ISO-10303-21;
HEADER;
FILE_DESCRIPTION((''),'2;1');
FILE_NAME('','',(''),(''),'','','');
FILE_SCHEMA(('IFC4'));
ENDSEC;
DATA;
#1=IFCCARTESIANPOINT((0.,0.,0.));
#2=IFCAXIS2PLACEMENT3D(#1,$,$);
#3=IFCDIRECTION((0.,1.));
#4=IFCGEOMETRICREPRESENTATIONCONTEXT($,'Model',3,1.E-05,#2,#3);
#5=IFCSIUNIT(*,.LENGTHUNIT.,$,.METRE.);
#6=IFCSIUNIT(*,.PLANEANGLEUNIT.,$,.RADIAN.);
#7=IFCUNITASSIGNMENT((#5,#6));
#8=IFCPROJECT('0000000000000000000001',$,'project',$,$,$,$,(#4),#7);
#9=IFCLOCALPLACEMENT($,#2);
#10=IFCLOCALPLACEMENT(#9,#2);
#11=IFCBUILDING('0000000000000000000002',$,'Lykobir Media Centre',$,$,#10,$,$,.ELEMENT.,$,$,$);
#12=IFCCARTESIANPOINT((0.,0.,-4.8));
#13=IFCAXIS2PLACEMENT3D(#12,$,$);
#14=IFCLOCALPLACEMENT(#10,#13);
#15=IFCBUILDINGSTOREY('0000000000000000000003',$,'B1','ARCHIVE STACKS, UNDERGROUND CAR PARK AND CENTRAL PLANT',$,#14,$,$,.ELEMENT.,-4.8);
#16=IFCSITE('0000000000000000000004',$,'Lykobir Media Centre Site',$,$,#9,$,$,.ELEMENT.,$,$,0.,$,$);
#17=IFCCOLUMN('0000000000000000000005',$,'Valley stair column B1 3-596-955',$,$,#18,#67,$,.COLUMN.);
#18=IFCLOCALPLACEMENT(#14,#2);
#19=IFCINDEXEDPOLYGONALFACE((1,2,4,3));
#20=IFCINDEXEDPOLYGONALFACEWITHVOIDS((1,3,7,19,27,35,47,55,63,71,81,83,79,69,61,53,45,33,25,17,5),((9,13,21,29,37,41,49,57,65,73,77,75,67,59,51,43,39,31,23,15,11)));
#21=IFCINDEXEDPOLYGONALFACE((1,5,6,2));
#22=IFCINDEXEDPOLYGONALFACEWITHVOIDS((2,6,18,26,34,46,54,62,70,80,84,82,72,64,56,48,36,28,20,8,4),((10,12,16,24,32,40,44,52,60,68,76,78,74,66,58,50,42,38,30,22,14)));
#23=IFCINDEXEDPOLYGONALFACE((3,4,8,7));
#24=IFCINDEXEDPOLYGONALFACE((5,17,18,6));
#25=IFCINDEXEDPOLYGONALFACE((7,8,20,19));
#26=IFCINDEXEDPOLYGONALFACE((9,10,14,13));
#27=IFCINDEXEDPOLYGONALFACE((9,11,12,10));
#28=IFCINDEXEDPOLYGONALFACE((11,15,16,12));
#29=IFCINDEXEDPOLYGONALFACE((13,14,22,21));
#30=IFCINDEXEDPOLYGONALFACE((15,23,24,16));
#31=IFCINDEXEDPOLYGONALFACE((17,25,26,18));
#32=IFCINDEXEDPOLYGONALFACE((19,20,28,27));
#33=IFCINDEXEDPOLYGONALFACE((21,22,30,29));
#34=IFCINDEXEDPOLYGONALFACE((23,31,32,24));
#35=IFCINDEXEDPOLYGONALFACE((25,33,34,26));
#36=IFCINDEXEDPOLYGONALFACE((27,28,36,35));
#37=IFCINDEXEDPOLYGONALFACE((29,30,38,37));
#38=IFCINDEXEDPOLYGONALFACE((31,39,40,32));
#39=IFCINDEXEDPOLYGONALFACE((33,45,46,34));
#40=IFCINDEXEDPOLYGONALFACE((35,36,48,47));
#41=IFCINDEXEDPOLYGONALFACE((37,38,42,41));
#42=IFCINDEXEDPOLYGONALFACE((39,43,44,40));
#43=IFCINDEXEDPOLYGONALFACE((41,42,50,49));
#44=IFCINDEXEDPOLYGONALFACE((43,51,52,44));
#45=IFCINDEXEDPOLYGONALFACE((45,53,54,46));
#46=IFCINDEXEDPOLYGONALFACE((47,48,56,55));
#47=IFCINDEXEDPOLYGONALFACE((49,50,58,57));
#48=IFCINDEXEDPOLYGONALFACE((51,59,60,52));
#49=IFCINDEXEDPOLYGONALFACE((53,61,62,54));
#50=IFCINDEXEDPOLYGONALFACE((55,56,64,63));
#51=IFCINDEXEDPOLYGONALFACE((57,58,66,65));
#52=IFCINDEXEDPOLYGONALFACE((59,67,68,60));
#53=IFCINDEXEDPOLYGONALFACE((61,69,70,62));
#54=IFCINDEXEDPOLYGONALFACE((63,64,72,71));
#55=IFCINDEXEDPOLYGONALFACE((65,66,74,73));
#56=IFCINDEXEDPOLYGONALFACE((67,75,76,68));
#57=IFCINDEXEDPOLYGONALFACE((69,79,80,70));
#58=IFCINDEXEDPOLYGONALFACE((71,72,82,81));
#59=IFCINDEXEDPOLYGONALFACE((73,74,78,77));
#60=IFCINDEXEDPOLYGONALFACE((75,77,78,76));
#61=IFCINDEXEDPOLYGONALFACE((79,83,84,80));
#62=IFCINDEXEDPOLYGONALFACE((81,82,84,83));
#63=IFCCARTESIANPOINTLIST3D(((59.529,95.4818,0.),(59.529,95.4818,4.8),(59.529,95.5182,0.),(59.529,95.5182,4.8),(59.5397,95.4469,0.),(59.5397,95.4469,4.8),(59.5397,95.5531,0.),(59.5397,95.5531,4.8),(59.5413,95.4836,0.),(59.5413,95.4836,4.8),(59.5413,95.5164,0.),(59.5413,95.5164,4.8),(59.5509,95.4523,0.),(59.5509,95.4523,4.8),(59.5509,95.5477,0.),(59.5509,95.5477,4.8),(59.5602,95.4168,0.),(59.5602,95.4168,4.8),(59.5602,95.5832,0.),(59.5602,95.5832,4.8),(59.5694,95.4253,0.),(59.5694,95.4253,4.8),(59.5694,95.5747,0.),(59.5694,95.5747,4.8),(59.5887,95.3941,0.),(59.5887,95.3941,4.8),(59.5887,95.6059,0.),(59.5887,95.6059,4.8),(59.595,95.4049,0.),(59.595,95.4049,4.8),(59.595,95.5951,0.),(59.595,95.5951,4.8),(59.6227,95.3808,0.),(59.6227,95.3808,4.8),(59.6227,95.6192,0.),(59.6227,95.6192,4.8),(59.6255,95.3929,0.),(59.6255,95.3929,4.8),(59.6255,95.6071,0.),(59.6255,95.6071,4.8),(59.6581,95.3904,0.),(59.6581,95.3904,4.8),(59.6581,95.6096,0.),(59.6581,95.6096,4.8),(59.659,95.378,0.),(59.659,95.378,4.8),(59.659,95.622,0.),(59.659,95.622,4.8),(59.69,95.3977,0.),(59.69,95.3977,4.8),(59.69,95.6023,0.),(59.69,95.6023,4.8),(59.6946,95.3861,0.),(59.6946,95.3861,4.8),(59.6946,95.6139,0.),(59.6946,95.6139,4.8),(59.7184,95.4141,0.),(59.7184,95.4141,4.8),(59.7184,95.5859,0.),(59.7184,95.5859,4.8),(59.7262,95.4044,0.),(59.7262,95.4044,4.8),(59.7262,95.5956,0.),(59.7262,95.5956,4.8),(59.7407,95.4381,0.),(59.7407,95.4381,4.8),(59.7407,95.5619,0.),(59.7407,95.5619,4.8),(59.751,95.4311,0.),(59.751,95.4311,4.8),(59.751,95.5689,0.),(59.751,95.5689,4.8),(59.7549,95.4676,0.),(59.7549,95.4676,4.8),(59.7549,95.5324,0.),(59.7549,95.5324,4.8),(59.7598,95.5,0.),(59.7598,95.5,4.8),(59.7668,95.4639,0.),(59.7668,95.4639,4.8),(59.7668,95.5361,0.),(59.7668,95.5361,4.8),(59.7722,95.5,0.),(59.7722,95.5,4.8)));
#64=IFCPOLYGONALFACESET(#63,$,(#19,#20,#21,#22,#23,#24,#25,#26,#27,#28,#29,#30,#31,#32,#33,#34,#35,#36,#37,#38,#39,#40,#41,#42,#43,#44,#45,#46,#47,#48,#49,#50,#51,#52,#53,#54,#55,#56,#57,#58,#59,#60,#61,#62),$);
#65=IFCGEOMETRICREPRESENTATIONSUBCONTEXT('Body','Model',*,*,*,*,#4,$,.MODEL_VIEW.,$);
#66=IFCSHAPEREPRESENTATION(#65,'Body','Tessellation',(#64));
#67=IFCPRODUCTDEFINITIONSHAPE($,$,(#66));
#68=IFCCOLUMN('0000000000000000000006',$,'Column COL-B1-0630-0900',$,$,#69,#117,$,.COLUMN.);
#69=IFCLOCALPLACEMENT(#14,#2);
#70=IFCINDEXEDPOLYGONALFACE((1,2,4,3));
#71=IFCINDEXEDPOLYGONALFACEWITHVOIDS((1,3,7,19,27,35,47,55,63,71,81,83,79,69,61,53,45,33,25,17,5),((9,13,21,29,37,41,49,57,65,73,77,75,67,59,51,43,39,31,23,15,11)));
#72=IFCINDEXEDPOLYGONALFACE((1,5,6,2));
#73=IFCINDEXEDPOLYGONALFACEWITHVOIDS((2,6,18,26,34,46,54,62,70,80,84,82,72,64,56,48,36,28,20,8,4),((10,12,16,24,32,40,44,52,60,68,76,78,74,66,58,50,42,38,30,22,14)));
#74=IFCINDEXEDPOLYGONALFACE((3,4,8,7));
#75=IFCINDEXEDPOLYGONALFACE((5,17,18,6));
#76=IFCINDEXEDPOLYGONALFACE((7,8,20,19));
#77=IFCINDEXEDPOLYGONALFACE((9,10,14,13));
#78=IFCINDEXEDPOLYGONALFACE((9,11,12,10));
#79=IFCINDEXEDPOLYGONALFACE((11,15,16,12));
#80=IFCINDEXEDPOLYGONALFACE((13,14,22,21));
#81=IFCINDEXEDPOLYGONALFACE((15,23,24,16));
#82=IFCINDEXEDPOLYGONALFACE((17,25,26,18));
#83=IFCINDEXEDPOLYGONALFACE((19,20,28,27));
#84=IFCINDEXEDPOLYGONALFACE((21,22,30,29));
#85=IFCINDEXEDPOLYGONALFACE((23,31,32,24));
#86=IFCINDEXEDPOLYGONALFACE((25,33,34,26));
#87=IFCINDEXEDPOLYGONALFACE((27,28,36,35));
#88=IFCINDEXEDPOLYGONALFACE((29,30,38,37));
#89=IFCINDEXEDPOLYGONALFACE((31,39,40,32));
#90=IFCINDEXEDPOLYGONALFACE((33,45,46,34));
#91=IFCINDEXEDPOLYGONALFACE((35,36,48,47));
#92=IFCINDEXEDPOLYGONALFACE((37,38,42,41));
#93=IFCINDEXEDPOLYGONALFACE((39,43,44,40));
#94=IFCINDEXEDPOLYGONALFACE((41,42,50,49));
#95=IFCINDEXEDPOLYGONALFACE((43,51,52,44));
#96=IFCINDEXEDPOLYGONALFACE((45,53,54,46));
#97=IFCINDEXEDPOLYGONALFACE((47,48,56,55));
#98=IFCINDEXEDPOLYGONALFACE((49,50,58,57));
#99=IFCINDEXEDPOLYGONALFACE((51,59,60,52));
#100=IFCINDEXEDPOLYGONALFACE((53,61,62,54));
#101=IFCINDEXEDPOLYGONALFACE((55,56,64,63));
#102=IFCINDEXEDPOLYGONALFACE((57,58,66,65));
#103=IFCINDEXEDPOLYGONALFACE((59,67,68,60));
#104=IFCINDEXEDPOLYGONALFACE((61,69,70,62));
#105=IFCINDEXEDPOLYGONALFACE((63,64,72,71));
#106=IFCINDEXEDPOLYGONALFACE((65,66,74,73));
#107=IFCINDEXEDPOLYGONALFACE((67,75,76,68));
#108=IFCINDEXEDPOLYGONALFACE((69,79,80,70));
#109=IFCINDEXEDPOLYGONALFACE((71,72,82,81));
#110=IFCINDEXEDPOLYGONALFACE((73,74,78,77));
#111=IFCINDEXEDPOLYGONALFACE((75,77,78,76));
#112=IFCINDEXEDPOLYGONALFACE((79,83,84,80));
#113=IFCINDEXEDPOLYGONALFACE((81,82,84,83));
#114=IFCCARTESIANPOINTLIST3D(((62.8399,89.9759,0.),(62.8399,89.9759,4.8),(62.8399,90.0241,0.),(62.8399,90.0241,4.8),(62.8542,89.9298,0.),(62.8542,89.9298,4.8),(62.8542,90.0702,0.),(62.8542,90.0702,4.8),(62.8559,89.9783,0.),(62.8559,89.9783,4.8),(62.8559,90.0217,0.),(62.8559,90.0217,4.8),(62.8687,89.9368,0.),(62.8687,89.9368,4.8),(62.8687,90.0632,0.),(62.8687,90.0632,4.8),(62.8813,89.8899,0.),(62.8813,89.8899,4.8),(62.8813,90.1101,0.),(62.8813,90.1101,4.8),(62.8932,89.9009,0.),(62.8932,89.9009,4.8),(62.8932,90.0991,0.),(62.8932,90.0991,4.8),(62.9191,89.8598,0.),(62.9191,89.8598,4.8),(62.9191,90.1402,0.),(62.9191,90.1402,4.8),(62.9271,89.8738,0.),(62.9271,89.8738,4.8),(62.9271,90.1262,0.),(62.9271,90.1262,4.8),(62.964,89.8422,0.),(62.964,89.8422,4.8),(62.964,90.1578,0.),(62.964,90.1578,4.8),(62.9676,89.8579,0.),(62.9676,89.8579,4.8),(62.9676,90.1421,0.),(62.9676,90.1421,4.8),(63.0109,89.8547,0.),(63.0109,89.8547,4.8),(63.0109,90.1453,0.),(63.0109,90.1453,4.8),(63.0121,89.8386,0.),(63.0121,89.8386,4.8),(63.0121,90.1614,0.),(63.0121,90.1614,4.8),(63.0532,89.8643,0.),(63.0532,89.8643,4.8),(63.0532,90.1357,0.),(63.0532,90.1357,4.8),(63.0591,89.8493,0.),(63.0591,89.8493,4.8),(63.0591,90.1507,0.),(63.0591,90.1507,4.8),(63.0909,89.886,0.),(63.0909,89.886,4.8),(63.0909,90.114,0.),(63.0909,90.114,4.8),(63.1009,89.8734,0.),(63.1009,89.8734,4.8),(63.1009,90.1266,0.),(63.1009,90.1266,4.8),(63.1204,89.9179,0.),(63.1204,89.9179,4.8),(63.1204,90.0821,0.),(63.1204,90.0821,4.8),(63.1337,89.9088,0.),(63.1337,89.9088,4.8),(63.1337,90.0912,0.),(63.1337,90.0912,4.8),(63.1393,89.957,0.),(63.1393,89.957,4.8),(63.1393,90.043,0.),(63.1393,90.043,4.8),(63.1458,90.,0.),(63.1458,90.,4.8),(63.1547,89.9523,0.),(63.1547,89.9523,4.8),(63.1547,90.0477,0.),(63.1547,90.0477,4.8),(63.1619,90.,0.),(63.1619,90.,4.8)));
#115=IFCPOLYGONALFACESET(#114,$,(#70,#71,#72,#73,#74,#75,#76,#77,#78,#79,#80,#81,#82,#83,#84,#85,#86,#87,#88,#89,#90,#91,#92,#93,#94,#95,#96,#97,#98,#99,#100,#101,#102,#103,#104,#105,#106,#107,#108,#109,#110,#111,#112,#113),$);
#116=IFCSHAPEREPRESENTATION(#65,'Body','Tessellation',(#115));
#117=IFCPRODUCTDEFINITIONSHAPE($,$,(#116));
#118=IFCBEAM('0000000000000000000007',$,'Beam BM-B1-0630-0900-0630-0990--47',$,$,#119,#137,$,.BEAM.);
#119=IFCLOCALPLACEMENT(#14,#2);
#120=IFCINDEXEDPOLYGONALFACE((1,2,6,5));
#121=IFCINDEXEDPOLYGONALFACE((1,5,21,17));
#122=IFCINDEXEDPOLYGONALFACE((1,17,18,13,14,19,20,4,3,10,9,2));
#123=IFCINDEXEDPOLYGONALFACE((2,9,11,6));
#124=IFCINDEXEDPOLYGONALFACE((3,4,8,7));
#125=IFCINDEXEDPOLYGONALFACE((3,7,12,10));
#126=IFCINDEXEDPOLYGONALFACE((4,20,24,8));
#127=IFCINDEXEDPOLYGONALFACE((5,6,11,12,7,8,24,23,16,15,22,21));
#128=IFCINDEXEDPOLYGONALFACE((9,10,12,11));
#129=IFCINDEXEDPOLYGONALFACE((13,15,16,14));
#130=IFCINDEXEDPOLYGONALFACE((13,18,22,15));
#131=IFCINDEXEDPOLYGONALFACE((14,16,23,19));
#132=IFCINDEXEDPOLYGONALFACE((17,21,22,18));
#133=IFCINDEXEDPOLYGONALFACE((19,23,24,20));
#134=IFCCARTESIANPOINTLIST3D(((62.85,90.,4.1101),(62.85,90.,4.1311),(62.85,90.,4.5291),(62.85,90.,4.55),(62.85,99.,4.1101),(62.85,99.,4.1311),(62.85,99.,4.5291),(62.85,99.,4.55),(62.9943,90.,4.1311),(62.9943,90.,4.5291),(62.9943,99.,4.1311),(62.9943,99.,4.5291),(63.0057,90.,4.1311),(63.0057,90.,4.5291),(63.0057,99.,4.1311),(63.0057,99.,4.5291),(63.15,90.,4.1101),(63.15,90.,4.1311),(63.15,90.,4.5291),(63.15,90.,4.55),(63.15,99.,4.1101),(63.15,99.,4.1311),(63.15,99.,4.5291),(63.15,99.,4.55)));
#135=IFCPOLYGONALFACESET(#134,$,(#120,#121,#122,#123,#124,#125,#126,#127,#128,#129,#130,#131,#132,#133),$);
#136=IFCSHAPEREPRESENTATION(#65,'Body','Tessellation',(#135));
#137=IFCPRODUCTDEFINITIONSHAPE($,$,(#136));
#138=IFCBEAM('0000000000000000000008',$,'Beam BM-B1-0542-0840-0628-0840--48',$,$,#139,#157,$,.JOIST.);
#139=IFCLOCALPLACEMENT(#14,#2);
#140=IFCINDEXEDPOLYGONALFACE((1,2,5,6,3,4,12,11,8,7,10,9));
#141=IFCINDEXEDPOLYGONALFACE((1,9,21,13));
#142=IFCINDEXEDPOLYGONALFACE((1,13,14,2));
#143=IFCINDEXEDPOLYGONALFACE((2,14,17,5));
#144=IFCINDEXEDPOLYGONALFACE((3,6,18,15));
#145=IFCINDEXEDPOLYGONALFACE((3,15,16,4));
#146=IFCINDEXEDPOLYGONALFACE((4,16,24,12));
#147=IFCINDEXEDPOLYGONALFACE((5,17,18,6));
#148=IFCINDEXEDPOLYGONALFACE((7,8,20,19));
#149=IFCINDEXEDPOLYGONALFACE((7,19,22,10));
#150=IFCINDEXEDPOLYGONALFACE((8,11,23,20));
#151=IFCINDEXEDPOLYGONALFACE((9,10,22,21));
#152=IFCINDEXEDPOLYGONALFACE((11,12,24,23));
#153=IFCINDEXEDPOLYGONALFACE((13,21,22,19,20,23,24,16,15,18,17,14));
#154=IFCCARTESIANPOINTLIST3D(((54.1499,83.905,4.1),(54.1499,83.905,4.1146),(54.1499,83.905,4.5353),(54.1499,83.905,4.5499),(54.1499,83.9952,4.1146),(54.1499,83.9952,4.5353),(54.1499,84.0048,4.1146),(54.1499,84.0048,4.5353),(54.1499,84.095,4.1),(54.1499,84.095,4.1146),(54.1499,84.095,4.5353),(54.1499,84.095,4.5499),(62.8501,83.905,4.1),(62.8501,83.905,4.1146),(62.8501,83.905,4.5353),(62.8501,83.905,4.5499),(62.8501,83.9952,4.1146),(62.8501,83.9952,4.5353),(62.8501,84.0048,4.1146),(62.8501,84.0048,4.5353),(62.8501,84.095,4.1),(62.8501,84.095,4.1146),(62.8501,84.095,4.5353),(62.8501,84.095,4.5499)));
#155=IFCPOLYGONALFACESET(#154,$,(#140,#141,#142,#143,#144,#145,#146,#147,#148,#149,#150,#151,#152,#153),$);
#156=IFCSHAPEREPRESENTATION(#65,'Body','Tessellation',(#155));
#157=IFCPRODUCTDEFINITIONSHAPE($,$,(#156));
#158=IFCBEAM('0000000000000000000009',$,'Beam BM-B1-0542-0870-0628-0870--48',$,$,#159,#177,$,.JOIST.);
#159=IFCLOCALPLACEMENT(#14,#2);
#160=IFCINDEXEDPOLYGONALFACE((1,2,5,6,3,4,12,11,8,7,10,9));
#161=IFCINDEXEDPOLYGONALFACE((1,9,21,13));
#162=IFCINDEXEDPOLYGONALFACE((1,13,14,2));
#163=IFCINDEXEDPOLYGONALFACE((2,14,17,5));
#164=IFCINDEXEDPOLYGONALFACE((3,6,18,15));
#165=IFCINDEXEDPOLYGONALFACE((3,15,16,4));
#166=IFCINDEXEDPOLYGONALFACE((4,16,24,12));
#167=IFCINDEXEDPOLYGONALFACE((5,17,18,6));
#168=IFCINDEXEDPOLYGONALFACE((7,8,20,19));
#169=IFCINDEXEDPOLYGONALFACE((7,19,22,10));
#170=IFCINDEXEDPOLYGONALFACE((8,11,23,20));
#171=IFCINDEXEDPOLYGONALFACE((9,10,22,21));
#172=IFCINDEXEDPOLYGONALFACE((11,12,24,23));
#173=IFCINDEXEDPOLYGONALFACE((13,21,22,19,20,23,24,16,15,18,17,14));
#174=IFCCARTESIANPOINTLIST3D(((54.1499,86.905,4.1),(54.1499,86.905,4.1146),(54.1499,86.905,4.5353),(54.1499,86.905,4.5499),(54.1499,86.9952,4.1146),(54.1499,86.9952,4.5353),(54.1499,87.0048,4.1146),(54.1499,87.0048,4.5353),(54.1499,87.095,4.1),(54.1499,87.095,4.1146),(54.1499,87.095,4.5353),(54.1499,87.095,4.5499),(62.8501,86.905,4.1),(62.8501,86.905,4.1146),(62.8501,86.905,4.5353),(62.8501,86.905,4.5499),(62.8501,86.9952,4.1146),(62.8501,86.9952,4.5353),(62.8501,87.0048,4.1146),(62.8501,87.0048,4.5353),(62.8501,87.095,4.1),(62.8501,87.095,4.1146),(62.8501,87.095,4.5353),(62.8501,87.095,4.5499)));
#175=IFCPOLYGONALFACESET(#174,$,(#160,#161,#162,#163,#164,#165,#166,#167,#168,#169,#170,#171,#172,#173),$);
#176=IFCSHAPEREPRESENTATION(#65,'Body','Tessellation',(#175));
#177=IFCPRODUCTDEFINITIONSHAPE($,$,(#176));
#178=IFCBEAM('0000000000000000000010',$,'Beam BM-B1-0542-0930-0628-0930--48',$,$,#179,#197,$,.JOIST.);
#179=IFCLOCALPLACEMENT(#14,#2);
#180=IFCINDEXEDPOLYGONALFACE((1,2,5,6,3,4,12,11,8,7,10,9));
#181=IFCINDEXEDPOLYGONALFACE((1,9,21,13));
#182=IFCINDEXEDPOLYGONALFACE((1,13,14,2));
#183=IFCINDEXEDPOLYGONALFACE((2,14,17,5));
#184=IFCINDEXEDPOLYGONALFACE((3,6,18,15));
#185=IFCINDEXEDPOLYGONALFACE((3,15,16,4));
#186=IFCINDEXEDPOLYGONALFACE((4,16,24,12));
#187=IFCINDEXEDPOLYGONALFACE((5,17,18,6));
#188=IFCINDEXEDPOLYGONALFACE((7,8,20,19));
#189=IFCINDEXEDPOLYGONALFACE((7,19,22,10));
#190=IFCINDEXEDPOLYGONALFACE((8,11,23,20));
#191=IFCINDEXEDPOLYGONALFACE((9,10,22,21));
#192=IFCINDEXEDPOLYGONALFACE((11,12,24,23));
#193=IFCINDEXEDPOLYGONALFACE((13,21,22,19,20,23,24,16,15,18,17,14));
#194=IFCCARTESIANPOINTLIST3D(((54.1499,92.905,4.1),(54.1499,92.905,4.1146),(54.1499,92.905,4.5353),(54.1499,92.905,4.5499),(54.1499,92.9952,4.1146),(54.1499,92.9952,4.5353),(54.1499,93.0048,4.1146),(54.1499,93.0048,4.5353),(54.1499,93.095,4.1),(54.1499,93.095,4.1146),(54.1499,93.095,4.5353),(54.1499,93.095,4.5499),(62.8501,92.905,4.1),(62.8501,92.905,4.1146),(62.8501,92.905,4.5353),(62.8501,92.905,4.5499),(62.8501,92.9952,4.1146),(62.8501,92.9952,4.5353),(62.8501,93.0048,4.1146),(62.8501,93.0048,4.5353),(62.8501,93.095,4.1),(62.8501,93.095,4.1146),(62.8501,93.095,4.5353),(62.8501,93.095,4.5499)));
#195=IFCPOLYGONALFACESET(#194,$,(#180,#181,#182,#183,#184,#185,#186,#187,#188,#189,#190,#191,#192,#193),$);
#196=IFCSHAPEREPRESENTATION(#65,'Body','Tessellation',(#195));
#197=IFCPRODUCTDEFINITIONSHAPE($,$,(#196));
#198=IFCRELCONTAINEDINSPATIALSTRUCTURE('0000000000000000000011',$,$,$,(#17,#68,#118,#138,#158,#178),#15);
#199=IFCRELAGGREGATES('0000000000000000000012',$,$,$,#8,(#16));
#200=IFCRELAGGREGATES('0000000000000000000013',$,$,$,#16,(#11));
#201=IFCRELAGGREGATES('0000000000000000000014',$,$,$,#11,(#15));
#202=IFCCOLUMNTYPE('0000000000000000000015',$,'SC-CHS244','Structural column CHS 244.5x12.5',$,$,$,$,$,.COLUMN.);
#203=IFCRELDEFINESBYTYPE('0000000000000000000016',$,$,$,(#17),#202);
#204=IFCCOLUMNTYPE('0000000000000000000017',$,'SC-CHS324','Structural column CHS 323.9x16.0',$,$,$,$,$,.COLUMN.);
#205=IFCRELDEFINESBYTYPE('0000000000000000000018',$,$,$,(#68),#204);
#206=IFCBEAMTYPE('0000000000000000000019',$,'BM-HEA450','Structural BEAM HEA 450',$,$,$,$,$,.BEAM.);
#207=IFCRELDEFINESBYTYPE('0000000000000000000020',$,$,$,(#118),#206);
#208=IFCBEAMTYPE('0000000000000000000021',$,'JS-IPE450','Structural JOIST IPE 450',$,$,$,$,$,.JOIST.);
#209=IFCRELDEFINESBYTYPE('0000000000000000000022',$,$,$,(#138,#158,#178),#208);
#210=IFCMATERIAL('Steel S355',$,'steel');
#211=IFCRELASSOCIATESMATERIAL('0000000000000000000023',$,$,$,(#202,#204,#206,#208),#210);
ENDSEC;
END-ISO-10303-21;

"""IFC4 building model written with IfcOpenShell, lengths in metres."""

from ifc_helpers import new_model, si_unit, direction, frame, origin, origin_2d, place, context, subcontext, project, spatial, hollow_circle, i_section, extrude, material, material_profile, profile_set, type_object, element, save


model = new_model("IFC4")

# Units and contexts
model_context = context("Model", 3, precision=1e-05, world=origin(), true_north=direction((0.0, 1.0)))
body_context = subcontext(model_context, "Body", "Model", "MODEL_VIEW")
ifc_project = project(units=[si_unit("LENGTHUNIT", "METRE"), si_unit("PLANEANGLEUNIT", "RADIAN")], contexts=[model_context])

# Site, building, storey
site_placement = place(None, origin())
site = spatial("IfcSite", under=ifc_project, at=site_placement, Name="Lykobir Media Centre Site", CompositionType="ELEMENT", RefElevation=0.0)
building_placement = place(site_placement, origin())
building = spatial("IfcBuilding", under=site, at=building_placement, Name="Lykobir Media Centre", CompositionType="ELEMENT")
storey_placement = place(building_placement, frame((0.0, 0.0, -4.8)))
storey = spatial("IfcBuildingStorey", under=building, at=storey_placement, Name="B1", Description="ARCHIVE STACKS, UNDERGROUND CAR PARK AND CENTRAL PLANT", CompositionType="ELEMENT", Elevation=-4.8)

# Columns
ifc_material_1 = material(Name="Steel S355", Category="steel")
ifc_material_profile_1 = material_profile(ifc_material_1, hollow_circle(Radius=0.1223, WallThickness=0.0125, at=origin_2d()), Name="CHS 244.5x12.5")
ifc_profile_set_1 = profile_set([ifc_material_profile_1], Name="Steel S355")
column_type_1 = type_object("IfcColumnType", Name="SC-CHS244", Description="Structural column CHS 244.5x12.5", PredefinedType="COLUMN", material=ifc_profile_set_1)
for number, where, z_axis, x_axis, name in (
    (1, (59.6499, 95.5, 0.0), (0.0, 0.0, 1.0), (1.0, 0.0, 0.0), "Valley stair column B1 3-596-955"),
):
    element("IfcColumn", number, at=place(storey_placement, frame(where, z_axis=z_axis, x_axis=x_axis)), inside=storey, type_object=column_type_1, Name=name, PredefinedType="COLUMN", context=body_context, shape_type="SweptSolid", body=[
        extrude(hollow_circle(Radius=0.1223, WallThickness=0.0125, at=origin_2d()), origin(), (0.0, 0.0, 1.0), 4.8),
    ])
ifc_material_profile_2 = material_profile(ifc_material_1, hollow_circle(Radius=0.1619, WallThickness=0.0161, at=origin_2d()), Name="CHS 323.9x16.0")
ifc_profile_set_2 = profile_set([ifc_material_profile_2], Name="Steel S355")
column_type_2 = type_object("IfcColumnType", Name="SC-CHS324", Description="Structural column CHS 323.9x16.0", PredefinedType="COLUMN", material=ifc_profile_set_2)
column_placement = place(storey_placement, frame((63.0, 90.0, 0.0), z_axis=(0.0, 0.0, 1.0), x_axis=(1.0, 0.0, 0.0)))
element("IfcColumn", 2, at=column_placement, inside=storey, type_object=column_type_2, Name="Column COL-B1-0630-0900", PredefinedType="COLUMN", context=body_context, shape_type="SweptSolid", body=[
    extrude(hollow_circle(Radius=0.1619, WallThickness=0.0161, at=origin_2d()), origin(), (0.0, 0.0, 1.0), 4.8),
])

# Beams
ifc_material_profile_3 = material_profile(ifc_material_1, i_section(OverallWidth=0.3, OverallDepth=0.4399, WebThickness=0.0115, FlangeThickness=0.021, at=origin_2d()), Name="HEA 450")
ifc_profile_set_3 = profile_set([ifc_material_profile_3], Name="Steel S355")
beam_type_1 = type_object("IfcBeamType", Name="BM-HEA450", Description="Structural BEAM HEA 450", PredefinedType="BEAM", material=ifc_profile_set_3)
beam_1_placement = place(storey_placement, frame((63.0, 90.0, 4.3301), z_axis=(0.0, 1.0, 0.0), x_axis=(-1.0, 0.0, 0.0)))
element("IfcBeam", 3, at=beam_1_placement, inside=storey, type_object=beam_type_1, Name="Beam BM-B1-0630-0900-0630-0990--47", PredefinedType="BEAM", context=body_context, shape_type="SweptSolid", body=[
    extrude(i_section(OverallWidth=0.3, OverallDepth=0.4399, WebThickness=0.0115, FlangeThickness=0.021, at=origin_2d()), origin(), (0.0, 0.0, 1.0), 9.0),
])
ifc_material_profile_4 = material_profile(ifc_material_1, i_section(OverallWidth=0.1899, OverallDepth=0.45, WebThickness=0.0095, FlangeThickness=0.0146, at=origin_2d()), Name="IPE 450")
ifc_profile_set_4 = profile_set([ifc_material_profile_4], Name="Steel S355")
beam_type_2 = type_object("IfcBeamType", Name="JS-IPE450", Description="Structural JOIST IPE 450", PredefinedType="JOIST", material=ifc_profile_set_4)
for number, where, z_axis, x_axis, name in (
    (4, (54.1499, 84.0, 4.325), (1.0, 0.0, 0.0), (0.0, 1.0, 0.0), "Beam BM-B1-0542-0840-0628-0840--48"),
    (5, (54.1499, 87.0, 4.325), (1.0, 0.0, 0.0), (0.0, 1.0, 0.0), "Beam BM-B1-0542-0870-0628-0870--48"),
    (6, (54.1499, 93.0, 4.325), (1.0, 0.0, 0.0), (0.0, 1.0, 0.0), "Beam BM-B1-0542-0930-0628-0930--48"),
):
    element("IfcBeam", number, at=place(storey_placement, frame(where, z_axis=z_axis, x_axis=x_axis)), inside=storey, type_object=beam_type_2, Name=name, PredefinedType="JOIST", context=body_context, shape_type="SweptSolid", body=[
        extrude(i_section(OverallWidth=0.1899, OverallDepth=0.45, WebThickness=0.0095, FlangeThickness=0.0146, at=origin_2d()), origin(), (0.0, 0.0, 1.0), 8.7002),
    ])

save(model, "model.ifc")
